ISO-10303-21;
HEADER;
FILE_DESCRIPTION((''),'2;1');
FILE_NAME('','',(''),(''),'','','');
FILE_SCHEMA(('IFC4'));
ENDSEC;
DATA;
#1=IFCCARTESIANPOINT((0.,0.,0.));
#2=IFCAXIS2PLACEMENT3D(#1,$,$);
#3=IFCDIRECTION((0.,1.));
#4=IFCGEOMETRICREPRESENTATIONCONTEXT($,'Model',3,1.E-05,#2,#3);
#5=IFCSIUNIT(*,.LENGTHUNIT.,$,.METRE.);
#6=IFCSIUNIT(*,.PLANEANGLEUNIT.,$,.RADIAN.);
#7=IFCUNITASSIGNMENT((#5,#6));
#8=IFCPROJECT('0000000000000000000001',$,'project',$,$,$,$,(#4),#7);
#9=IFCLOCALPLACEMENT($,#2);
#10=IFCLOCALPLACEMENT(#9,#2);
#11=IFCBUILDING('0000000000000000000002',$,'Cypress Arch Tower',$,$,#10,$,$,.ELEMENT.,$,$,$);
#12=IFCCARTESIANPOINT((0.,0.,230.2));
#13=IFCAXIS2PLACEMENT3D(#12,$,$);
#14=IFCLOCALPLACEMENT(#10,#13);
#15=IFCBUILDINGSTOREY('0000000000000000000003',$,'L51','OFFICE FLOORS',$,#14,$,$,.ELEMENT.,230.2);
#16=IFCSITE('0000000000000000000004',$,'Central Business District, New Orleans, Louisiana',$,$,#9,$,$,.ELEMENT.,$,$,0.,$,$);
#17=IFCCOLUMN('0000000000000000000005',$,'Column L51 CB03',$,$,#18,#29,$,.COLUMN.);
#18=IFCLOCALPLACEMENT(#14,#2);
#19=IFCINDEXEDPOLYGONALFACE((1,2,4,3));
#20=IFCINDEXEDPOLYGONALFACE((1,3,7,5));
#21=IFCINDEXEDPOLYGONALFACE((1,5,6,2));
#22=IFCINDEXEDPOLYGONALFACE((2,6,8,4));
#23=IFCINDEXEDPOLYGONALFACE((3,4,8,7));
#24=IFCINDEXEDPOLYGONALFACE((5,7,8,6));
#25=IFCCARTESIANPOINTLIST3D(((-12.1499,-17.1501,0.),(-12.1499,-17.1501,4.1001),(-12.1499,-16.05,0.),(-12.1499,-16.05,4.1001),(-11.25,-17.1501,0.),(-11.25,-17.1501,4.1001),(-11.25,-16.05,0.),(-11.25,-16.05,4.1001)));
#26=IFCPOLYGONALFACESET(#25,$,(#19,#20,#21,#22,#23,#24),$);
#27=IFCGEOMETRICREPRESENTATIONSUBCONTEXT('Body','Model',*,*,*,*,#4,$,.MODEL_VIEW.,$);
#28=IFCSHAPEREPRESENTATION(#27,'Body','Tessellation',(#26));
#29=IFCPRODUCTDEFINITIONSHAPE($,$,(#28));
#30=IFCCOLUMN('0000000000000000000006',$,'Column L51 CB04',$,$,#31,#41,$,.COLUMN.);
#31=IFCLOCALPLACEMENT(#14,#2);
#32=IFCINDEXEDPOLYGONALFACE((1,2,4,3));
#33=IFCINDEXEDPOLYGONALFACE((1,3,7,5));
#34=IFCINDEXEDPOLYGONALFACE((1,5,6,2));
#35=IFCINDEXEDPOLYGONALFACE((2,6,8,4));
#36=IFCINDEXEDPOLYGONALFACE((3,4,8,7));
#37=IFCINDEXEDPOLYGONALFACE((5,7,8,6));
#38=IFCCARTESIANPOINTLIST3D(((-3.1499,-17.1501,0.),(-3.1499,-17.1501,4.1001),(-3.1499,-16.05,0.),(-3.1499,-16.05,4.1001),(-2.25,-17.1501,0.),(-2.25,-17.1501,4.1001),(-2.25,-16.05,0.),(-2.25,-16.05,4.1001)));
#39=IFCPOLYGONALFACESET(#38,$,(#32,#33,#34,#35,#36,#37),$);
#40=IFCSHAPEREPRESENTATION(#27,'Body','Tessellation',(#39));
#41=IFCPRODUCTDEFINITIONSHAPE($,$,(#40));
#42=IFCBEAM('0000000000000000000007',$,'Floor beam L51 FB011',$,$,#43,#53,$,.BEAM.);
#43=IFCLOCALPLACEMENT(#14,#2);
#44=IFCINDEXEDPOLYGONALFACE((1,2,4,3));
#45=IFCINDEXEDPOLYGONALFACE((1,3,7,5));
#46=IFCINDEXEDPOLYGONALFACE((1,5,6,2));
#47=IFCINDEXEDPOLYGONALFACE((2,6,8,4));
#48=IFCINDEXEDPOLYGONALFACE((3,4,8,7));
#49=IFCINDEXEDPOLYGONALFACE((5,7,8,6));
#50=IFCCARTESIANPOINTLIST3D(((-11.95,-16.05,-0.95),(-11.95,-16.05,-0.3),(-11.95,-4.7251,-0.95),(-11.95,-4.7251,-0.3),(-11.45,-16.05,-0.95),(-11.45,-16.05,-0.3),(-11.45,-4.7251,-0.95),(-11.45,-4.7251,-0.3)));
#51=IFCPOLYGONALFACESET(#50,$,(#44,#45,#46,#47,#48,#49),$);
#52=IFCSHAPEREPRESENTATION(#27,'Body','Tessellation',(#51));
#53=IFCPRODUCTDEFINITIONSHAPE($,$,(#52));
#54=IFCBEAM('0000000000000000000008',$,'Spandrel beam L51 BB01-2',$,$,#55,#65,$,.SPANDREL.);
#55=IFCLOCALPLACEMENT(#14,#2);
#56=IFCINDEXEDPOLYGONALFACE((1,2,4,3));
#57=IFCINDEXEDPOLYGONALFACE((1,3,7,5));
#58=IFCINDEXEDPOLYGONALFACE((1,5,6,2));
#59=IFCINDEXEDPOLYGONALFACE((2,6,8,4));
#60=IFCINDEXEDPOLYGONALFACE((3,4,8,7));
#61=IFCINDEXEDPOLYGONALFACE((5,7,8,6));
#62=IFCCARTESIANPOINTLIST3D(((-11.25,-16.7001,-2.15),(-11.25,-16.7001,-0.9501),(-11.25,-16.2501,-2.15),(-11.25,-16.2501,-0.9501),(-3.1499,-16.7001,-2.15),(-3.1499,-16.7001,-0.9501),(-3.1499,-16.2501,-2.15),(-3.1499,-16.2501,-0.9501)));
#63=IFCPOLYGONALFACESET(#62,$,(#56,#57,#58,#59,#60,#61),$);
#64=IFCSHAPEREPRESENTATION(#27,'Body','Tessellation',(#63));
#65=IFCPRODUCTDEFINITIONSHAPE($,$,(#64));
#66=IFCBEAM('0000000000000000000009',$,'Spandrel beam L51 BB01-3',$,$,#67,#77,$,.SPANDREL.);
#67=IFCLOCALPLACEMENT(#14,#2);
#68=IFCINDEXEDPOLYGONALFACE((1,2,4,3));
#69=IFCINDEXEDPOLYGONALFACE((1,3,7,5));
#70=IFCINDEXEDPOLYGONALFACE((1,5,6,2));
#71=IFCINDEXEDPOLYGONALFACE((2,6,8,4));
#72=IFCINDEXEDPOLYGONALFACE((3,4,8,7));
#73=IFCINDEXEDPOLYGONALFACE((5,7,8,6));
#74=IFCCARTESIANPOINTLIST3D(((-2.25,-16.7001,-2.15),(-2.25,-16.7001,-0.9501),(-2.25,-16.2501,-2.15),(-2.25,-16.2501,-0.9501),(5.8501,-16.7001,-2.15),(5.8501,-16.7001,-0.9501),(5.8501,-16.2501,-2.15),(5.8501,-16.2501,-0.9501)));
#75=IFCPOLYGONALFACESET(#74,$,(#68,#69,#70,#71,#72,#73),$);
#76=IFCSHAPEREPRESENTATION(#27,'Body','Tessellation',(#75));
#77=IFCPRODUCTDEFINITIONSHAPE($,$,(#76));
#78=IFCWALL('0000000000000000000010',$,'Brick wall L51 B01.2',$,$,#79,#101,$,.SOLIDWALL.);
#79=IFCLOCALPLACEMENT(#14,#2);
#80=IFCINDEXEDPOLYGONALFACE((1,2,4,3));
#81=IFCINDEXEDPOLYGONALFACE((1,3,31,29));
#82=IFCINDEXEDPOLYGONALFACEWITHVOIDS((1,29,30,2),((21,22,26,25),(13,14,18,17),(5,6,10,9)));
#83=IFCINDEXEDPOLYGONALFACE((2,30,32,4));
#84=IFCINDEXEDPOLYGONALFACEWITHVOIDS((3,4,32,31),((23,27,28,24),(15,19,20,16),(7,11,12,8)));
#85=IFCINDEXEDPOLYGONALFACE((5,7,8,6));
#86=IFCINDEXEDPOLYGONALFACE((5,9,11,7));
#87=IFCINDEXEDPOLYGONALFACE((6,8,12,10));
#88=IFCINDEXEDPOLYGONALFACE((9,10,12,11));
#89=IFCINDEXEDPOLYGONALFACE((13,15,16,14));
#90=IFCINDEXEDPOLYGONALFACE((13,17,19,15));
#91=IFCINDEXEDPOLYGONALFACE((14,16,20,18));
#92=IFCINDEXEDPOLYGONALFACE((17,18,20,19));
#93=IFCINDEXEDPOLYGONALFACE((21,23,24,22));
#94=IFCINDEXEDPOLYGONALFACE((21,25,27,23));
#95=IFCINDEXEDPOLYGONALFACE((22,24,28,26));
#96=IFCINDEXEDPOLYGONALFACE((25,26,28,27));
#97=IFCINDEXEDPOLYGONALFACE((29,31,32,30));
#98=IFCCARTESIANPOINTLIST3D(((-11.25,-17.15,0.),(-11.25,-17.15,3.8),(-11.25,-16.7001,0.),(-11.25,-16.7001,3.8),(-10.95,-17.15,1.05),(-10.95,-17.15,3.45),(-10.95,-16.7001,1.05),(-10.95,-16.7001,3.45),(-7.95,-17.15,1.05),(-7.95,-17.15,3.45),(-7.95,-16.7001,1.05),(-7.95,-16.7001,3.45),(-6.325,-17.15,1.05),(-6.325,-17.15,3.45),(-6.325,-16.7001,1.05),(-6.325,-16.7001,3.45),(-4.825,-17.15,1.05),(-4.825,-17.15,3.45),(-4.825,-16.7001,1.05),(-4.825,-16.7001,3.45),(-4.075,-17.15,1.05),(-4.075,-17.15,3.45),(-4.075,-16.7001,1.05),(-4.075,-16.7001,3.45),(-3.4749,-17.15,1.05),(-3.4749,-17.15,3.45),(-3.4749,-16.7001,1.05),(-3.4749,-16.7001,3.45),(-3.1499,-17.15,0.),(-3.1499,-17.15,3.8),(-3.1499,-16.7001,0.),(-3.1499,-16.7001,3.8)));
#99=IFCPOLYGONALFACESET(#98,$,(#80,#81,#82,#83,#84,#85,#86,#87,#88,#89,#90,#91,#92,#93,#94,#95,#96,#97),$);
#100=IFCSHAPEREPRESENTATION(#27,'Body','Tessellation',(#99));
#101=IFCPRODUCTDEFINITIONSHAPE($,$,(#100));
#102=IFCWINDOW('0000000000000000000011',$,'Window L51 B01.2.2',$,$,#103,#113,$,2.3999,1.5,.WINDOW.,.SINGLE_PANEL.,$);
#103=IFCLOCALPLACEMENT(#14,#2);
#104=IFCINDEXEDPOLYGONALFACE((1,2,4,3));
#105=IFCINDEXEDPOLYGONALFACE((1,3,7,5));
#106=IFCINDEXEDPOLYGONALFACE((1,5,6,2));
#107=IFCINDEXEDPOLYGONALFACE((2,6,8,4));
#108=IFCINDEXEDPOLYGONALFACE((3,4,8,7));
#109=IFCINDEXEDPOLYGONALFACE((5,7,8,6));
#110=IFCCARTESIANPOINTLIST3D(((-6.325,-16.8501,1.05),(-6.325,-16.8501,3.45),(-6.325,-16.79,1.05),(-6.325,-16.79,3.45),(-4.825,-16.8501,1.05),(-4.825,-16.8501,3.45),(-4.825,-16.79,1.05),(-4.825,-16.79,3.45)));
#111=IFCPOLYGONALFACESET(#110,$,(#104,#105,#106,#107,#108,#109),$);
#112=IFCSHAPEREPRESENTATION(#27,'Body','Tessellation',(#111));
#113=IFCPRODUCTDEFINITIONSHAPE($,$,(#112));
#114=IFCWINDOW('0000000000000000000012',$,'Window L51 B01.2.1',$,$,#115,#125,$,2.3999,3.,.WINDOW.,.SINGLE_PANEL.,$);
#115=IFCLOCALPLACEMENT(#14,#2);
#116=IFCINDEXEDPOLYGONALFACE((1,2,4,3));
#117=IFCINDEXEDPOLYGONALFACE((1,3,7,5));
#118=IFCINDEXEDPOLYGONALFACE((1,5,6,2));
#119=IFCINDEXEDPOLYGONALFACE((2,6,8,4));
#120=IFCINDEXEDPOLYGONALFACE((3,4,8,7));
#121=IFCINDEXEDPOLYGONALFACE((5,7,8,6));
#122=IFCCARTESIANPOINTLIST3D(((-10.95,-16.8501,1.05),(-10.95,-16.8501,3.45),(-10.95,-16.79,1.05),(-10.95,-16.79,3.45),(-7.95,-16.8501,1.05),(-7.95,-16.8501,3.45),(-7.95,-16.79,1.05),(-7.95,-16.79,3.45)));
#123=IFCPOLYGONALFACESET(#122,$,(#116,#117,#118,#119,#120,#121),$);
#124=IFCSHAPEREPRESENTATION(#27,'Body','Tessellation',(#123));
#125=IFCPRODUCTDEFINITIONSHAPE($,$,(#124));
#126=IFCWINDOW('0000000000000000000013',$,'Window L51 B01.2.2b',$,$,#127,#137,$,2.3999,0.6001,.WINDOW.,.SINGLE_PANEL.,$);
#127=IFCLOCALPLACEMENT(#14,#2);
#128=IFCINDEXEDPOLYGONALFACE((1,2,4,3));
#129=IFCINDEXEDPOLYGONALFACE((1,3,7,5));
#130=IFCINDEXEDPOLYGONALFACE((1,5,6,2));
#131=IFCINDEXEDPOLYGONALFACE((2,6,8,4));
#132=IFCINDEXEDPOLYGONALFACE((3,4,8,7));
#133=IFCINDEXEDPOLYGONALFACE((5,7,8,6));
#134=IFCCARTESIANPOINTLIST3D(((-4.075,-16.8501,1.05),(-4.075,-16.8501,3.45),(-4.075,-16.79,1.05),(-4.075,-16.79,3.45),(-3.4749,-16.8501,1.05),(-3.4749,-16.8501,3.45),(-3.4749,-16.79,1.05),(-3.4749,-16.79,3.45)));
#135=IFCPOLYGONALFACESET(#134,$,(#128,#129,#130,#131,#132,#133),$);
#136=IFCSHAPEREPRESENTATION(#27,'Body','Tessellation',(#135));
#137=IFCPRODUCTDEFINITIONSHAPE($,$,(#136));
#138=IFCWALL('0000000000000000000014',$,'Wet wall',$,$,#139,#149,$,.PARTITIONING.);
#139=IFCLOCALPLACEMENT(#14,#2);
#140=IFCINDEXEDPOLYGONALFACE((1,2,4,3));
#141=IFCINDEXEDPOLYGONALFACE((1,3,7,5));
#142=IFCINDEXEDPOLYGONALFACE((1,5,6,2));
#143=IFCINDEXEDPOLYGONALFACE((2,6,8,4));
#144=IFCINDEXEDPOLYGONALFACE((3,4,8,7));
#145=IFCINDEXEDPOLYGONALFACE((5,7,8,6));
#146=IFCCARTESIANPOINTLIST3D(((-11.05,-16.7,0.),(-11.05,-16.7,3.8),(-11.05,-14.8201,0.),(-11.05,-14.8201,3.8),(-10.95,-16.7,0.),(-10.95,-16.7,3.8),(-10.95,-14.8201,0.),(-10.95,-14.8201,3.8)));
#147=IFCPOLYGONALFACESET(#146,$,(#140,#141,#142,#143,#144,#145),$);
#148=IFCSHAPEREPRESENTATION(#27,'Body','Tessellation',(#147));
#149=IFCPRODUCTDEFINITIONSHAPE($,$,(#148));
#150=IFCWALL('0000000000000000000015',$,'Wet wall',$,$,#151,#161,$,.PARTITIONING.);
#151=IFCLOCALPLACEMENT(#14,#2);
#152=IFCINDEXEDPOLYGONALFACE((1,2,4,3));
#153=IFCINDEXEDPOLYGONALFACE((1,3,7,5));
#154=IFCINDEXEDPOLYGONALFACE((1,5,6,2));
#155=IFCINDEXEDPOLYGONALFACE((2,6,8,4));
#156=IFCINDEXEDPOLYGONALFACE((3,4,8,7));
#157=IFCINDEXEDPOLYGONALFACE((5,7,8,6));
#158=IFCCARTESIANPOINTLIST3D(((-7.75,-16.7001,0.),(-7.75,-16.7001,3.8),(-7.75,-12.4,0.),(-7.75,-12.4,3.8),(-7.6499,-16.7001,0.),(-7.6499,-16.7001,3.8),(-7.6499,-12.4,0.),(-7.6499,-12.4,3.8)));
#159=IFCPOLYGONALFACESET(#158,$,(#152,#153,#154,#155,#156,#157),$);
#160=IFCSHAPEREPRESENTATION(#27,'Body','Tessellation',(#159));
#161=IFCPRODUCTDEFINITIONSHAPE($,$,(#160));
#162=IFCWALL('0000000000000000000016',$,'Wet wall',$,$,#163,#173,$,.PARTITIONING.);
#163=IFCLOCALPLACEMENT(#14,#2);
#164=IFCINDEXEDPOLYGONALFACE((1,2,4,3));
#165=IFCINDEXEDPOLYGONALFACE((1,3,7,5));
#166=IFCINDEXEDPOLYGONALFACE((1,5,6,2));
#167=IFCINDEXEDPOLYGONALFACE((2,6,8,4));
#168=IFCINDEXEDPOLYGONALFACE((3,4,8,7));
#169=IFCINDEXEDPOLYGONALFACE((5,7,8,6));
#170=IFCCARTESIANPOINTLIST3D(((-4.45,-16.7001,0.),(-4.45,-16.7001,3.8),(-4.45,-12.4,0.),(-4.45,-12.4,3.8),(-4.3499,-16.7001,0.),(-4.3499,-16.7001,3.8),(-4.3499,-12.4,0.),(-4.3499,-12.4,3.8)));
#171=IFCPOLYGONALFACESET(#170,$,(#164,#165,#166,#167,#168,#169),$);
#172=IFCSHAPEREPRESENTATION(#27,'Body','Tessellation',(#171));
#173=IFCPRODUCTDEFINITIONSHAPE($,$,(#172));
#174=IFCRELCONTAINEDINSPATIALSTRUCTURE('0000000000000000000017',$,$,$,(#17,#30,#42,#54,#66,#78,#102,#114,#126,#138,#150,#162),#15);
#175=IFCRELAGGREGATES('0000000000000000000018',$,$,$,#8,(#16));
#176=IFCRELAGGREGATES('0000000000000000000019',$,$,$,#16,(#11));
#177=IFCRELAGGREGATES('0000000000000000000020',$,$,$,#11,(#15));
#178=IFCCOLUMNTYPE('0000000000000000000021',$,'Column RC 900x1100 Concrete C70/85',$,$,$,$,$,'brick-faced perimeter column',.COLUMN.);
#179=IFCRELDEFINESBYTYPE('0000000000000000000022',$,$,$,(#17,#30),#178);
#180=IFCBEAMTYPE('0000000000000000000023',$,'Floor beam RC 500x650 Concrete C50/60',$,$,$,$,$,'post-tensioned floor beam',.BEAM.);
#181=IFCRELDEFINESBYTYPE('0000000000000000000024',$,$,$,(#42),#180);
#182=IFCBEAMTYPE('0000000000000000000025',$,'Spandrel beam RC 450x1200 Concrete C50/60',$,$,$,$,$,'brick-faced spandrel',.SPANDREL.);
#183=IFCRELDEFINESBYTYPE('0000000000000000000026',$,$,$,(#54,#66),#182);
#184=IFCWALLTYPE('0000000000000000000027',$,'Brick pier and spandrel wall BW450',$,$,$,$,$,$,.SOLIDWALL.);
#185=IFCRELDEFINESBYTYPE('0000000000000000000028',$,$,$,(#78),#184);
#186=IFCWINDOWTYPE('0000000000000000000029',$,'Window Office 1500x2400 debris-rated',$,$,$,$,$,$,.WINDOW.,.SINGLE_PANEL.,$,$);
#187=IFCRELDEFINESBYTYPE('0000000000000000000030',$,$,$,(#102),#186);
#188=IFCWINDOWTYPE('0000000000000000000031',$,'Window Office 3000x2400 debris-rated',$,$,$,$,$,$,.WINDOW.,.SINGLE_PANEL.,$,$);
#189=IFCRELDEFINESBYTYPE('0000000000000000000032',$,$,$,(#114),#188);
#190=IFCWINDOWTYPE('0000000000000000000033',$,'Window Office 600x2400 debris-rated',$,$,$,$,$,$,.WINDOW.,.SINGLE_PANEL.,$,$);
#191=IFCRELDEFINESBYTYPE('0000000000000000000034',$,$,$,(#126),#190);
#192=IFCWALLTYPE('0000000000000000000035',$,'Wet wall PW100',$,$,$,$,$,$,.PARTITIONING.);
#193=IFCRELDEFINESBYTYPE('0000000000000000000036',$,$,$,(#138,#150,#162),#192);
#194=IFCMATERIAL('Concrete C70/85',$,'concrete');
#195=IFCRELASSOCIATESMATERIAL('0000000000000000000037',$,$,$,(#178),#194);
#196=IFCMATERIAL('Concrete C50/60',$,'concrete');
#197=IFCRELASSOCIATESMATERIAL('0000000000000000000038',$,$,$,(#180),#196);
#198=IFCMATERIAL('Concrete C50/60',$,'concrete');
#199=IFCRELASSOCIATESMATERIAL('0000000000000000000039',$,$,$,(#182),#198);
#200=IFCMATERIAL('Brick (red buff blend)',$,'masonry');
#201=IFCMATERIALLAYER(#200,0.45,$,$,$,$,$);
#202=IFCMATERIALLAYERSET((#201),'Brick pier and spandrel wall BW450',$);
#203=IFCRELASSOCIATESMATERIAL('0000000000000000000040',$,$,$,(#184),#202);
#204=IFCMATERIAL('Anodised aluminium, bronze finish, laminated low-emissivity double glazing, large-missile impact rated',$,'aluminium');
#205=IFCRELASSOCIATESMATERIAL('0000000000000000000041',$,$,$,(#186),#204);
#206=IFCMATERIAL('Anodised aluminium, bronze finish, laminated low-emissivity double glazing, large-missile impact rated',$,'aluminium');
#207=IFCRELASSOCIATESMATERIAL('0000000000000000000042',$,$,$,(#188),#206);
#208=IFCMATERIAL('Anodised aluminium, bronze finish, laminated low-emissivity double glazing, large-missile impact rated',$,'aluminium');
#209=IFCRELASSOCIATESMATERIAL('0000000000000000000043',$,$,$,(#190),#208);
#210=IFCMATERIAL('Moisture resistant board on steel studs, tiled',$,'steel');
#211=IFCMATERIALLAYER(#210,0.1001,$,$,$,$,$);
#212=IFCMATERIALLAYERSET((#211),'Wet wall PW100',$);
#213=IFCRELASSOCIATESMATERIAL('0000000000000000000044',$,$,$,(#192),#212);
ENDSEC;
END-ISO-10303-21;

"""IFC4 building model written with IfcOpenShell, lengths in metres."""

from ifc_helpers import new_model, si_unit, direction, frame, frame_2d, origin, origin_2d, place, context, subcontext, project, spatial, rectangle, extrude, material, layer, layer_set, material_profile, profile_set, type_object, element, fill, save


model = new_model("IFC4")

# Units and contexts
model_context = context("Model", 3, precision=1e-05, world=origin(), true_north=direction((0.0, 1.0)))
body_context = subcontext(model_context, "Body", "Model", "MODEL_VIEW")
ifc_project = project(units=[si_unit("LENGTHUNIT", "METRE"), si_unit("PLANEANGLEUNIT", "RADIAN")], contexts=[model_context])

# Site, building, storey
site_placement = place(None, origin())
site = spatial("IfcSite", under=ifc_project, at=site_placement, Name="Central Business District, New Orleans, Louisiana", CompositionType="ELEMENT", RefElevation=0.0)
building_placement = place(site_placement, origin())
building = spatial("IfcBuilding", under=site, at=building_placement, Name="Cypress Arch Tower", CompositionType="ELEMENT")
storey_placement = place(building_placement, frame((0.0, 0.0, 230.2)))
storey = spatial("IfcBuildingStorey", under=building, at=storey_placement, Name="L51", Description="OFFICE FLOORS", CompositionType="ELEMENT", Elevation=230.2)

# Columns
ifc_material_1 = material(Name="Concrete C70/85", Category="concrete")
ifc_material_profile_1 = material_profile(ifc_material_1, rectangle(XDim=0.8999, YDim=1.1001, at=origin_2d()), Name="RC 900x1100")
ifc_profile_set_1 = profile_set([ifc_material_profile_1], Name="Concrete C70/85")
column_type = type_object("IfcColumnType", Name="Column RC 900x1100 Concrete C70/85", ElementType="brick-faced perimeter column", PredefinedType="COLUMN", material=ifc_profile_set_1)
for number, where, z_axis, x_axis, name in (
    (1, (-11.7, -16.6001, 0.0), (0.0, 0.0, 1.0), (1.0, 0.0, 0.0), "Column L51 CB03"),
    (2, (-2.7, -16.6001, 0.0), (0.0, 0.0, 1.0), (1.0, 0.0, 0.0), "Column L51 CB04"),
):
    element("IfcColumn", number, at=place(storey_placement, frame(where, z_axis=z_axis, x_axis=x_axis)), inside=storey, type_object=column_type, Name=name, PredefinedType="COLUMN", context=body_context, shape_type="SweptSolid", body=[
        extrude(rectangle(XDim=0.8999, YDim=1.1001, at=origin_2d()), origin(), (0.0, 0.0, 1.0), 4.1001),
    ])

# Beams
ifc_material_2 = material(Name="Concrete C50/60", Category="concrete")
ifc_material_profile_2 = material_profile(ifc_material_2, rectangle(XDim=0.5, YDim=0.6499, at=origin_2d()), Name="RC 500x650")
ifc_profile_set_2 = profile_set([ifc_material_profile_2], Name="Concrete C50/60")
beam_type_1 = type_object("IfcBeamType", Name="Floor beam RC 500x650 Concrete C50/60", ElementType="post-tensioned floor beam", PredefinedType="BEAM", material=ifc_profile_set_2)
beam_placement = place(storey_placement, frame((-11.7, -16.05, -0.625), z_axis=(0.0, 1.0, 0.0), x_axis=(-1.0, 0.0, 0.0)))
element("IfcBeam", 3, at=beam_placement, inside=storey, type_object=beam_type_1, Name="Floor beam L51 FB011", PredefinedType="BEAM", context=body_context, shape_type="SweptSolid", body=[
    extrude(rectangle(XDim=0.5, YDim=0.6499, at=origin_2d()), origin(), (0.0, 0.0, 1.0), 11.325),
])
ifc_material_3 = material(Name="Concrete C50/60", Category="concrete")
ifc_material_profile_3 = material_profile(ifc_material_3, rectangle(XDim=0.45, YDim=1.2, at=origin_2d()), Name="RC 450x1200")
ifc_profile_set_3 = profile_set([ifc_material_profile_3], Name="Concrete C50/60")
beam_type_2 = type_object("IfcBeamType", Name="Spandrel beam RC 450x1200 Concrete C50/60", ElementType="brick-faced spandrel", PredefinedType="SPANDREL", material=ifc_profile_set_3)
for number, where, z_axis, x_axis, name in (
    (4, (-11.25, -16.4751, -1.55), (1.0, 0.0, 0.0), (0.0, 1.0, 0.0), "Spandrel beam L51 BB01-2"),
    (5, (-2.25, -16.4751, -1.55), (1.0, 0.0, 0.0), (0.0, 1.0, 0.0), "Spandrel beam L51 BB01-3"),
):
    element("IfcBeam", number, at=place(storey_placement, frame(where, z_axis=z_axis, x_axis=x_axis)), inside=storey, type_object=beam_type_2, Name=name, PredefinedType="SPANDREL", context=body_context, shape_type="SweptSolid", body=[
        extrude(rectangle(XDim=0.45, YDim=1.2, at=origin_2d()), origin(), (0.0, 0.0, 1.0), 8.1001),
    ])

# Wall, openings, windows
ifc_material_4 = material(Name="Brick (red buff blend)", Category="masonry")
ifc_layer_1 = layer(ifc_material_4, 0.45)
ifc_layer_set_1 = layer_set([ifc_layer_1], Name="Brick pier and spandrel wall BW450")
wall_type_1 = type_object("IfcWallType", Name="Brick pier and spandrel wall BW450", PredefinedType="SOLIDWALL", material=ifc_layer_set_1)
wall_1_placement = place(storey_placement, frame((-11.25, -16.925, 0.0), z_axis=(0.0, 0.0, 1.0), x_axis=(1.0, 0.0, 0.0)))
wall_1 = element("IfcWall", 6, at=wall_1_placement, inside=storey, type_object=wall_type_1, Name="Brick wall L51 B01.2", PredefinedType="SOLIDWALL", context=body_context, shape_type="SweptSolid", body=[
    extrude(rectangle(XDim=8.1001, YDim=0.45, at=frame_2d((4.05, 0.0))), origin(), (0.0, 0.0, 1.0), 3.8),
])
opening_1_placement = place(wall_1_placement, frame((0.3, 0.0, 1.05)))
opening_1 = element("IfcOpeningElement", 7, at=opening_1_placement, cuts=wall_1, PredefinedType="OPENING", context=body_context, shape_type="SweptSolid", body=[
    extrude(rectangle(XDim=3.0, YDim=2.3999, at=frame_2d((1.5, 1.2))), frame((0.0, 0.2349, 0.0), z_axis=(0.0, -1.0, 0.0), x_axis=(1.0, 0.0, 0.0)), (0.0, 0.0, 1.0), 0.47),
])
opening_2_placement = place(wall_1_placement, frame((4.925, 0.0, 1.05)))
opening_2 = element("IfcOpeningElement", 8, at=opening_2_placement, cuts=wall_1, PredefinedType="OPENING", context=body_context, shape_type="SweptSolid", body=[
    extrude(rectangle(XDim=1.5, YDim=2.3999, at=frame_2d((0.75, 1.2))), frame((0.0, 0.2349, 0.0), z_axis=(0.0, -1.0, 0.0), x_axis=(1.0, 0.0, 0.0)), (0.0, 0.0, 1.0), 0.47),
])
opening_3_placement = place(wall_1_placement, frame((7.175, 0.0, 1.05)))
opening_3 = element("IfcOpeningElement", 9, at=opening_3_placement, cuts=wall_1, PredefinedType="OPENING", context=body_context, shape_type="SweptSolid", body=[
    extrude(rectangle(XDim=0.6001, YDim=2.3999, at=frame_2d((0.3, 1.2))), frame((0.0, 0.2349, 0.0), z_axis=(0.0, -1.0, 0.0), x_axis=(1.0, 0.0, 0.0)), (0.0, 0.0, 1.0), 0.47),
])
ifc_material_5 = material(Name="Anodised aluminium, bronze finish, laminated low-emissivity double glazing, large-missile impact rated", Category="aluminium")
window_type_1 = type_object("IfcWindowType", Name="Window Office 1500x2400 debris-rated", PartitioningType="SINGLE_PANEL", PredefinedType="WINDOW", material=ifc_material_5)
window_1_placement = place(opening_2_placement, origin())
window_1 = element("IfcWindow", 10, at=window_1_placement, inside=storey, type_object=window_type_1, Name="Window L51 B01.2.2", OverallHeight=2.3999, OverallWidth=1.5, PartitioningType="SINGLE_PANEL", PredefinedType="WINDOW", context=body_context, shape_type="SweptSolid", body=[
    extrude(rectangle(XDim=1.5, YDim=2.3999, at=frame_2d((0.75, 1.2))), frame((0.0, 0.135, 0.0), z_axis=(0.0, -1.0, 0.0), x_axis=(1.0, 0.0, 0.0)), (0.0, 0.0, 1.0), 0.0601),
])
fill(opening_2, window_1)
ifc_material_6 = material(Name="Anodised aluminium, bronze finish, laminated low-emissivity double glazing, large-missile impact rated", Category="aluminium")
window_type_2 = type_object("IfcWindowType", Name="Window Office 3000x2400 debris-rated", PartitioningType="SINGLE_PANEL", PredefinedType="WINDOW", material=ifc_material_6)
window_2_placement = place(opening_1_placement, origin())
window_2 = element("IfcWindow", 11, at=window_2_placement, inside=storey, type_object=window_type_2, Name="Window L51 B01.2.1", OverallHeight=2.3999, OverallWidth=3.0, PartitioningType="SINGLE_PANEL", PredefinedType="WINDOW", context=body_context, shape_type="SweptSolid", body=[
    extrude(rectangle(XDim=3.0, YDim=2.3999, at=frame_2d((1.5, 1.2))), frame((0.0, 0.135, 0.0), z_axis=(0.0, -1.0, 0.0), x_axis=(1.0, 0.0, 0.0)), (0.0, 0.0, 1.0), 0.0601),
])
fill(opening_1, window_2)
ifc_material_7 = material(Name="Anodised aluminium, bronze finish, laminated low-emissivity double glazing, large-missile impact rated", Category="aluminium")
window_type_3 = type_object("IfcWindowType", Name="Window Office 600x2400 debris-rated", PartitioningType="SINGLE_PANEL", PredefinedType="WINDOW", material=ifc_material_7)
window_3_placement = place(opening_3_placement, origin())
window_3 = element("IfcWindow", 12, at=window_3_placement, inside=storey, type_object=window_type_3, Name="Window L51 B01.2.2b", OverallHeight=2.3999, OverallWidth=0.6001, PartitioningType="SINGLE_PANEL", PredefinedType="WINDOW", context=body_context, shape_type="SweptSolid", body=[
    extrude(rectangle(XDim=0.6001, YDim=2.3999, at=frame_2d((0.3, 1.2))), frame((0.0, 0.135, 0.0), z_axis=(0.0, -1.0, 0.0), x_axis=(1.0, 0.0, 0.0)), (0.0, 0.0, 1.0), 0.0601),
])
fill(opening_3, window_3)

# Walls
ifc_material_8 = material(Name="Moisture resistant board on steel studs, tiled", Category="steel")
ifc_layer_2 = layer(ifc_material_8, 0.1001)
ifc_layer_set_2 = layer_set([ifc_layer_2], Name="Wet wall PW100")
wall_type_2 = type_object("IfcWallType", Name="Wet wall PW100", PredefinedType="PARTITIONING", material=ifc_layer_set_2)
wall_2_placement = place(storey_placement, frame((-11.0, -16.7, 0.0), z_axis=(0.0, 0.0, 1.0), x_axis=(0.0, 1.0, 0.0)))
element("IfcWall", 13, at=wall_2_placement, inside=storey, type_object=wall_type_2, Name="Wet wall", PredefinedType="PARTITIONING", context=body_context, shape_type="SweptSolid", body=[
    extrude(rectangle(XDim=1.8799, YDim=0.1001, at=frame_2d((0.9399, 0.0))), origin(), (0.0, 0.0, 1.0), 3.8),
])
for number, where, z_axis, x_axis, name in (
    (14, (-7.7, -16.7, 0.0), (0.0, 0.0, 1.0), (0.0, 1.0, 0.0), "Wet wall"),
    (15, (-4.3999, -16.7, 0.0), (0.0, 0.0, 1.0), (0.0, 1.0, 0.0), "Wet wall"),
):
    element("IfcWall", number, at=place(storey_placement, frame(where, z_axis=z_axis, x_axis=x_axis)), inside=storey, type_object=wall_type_2, Name=name, PredefinedType="PARTITIONING", context=body_context, shape_type="SweptSolid", body=[
        extrude(rectangle(XDim=4.3, YDim=0.1001, at=frame_2d((2.1499, 0.0))), origin(), (0.0, 0.0, 1.0), 3.8),
    ])

save(model, "model.ifc")
